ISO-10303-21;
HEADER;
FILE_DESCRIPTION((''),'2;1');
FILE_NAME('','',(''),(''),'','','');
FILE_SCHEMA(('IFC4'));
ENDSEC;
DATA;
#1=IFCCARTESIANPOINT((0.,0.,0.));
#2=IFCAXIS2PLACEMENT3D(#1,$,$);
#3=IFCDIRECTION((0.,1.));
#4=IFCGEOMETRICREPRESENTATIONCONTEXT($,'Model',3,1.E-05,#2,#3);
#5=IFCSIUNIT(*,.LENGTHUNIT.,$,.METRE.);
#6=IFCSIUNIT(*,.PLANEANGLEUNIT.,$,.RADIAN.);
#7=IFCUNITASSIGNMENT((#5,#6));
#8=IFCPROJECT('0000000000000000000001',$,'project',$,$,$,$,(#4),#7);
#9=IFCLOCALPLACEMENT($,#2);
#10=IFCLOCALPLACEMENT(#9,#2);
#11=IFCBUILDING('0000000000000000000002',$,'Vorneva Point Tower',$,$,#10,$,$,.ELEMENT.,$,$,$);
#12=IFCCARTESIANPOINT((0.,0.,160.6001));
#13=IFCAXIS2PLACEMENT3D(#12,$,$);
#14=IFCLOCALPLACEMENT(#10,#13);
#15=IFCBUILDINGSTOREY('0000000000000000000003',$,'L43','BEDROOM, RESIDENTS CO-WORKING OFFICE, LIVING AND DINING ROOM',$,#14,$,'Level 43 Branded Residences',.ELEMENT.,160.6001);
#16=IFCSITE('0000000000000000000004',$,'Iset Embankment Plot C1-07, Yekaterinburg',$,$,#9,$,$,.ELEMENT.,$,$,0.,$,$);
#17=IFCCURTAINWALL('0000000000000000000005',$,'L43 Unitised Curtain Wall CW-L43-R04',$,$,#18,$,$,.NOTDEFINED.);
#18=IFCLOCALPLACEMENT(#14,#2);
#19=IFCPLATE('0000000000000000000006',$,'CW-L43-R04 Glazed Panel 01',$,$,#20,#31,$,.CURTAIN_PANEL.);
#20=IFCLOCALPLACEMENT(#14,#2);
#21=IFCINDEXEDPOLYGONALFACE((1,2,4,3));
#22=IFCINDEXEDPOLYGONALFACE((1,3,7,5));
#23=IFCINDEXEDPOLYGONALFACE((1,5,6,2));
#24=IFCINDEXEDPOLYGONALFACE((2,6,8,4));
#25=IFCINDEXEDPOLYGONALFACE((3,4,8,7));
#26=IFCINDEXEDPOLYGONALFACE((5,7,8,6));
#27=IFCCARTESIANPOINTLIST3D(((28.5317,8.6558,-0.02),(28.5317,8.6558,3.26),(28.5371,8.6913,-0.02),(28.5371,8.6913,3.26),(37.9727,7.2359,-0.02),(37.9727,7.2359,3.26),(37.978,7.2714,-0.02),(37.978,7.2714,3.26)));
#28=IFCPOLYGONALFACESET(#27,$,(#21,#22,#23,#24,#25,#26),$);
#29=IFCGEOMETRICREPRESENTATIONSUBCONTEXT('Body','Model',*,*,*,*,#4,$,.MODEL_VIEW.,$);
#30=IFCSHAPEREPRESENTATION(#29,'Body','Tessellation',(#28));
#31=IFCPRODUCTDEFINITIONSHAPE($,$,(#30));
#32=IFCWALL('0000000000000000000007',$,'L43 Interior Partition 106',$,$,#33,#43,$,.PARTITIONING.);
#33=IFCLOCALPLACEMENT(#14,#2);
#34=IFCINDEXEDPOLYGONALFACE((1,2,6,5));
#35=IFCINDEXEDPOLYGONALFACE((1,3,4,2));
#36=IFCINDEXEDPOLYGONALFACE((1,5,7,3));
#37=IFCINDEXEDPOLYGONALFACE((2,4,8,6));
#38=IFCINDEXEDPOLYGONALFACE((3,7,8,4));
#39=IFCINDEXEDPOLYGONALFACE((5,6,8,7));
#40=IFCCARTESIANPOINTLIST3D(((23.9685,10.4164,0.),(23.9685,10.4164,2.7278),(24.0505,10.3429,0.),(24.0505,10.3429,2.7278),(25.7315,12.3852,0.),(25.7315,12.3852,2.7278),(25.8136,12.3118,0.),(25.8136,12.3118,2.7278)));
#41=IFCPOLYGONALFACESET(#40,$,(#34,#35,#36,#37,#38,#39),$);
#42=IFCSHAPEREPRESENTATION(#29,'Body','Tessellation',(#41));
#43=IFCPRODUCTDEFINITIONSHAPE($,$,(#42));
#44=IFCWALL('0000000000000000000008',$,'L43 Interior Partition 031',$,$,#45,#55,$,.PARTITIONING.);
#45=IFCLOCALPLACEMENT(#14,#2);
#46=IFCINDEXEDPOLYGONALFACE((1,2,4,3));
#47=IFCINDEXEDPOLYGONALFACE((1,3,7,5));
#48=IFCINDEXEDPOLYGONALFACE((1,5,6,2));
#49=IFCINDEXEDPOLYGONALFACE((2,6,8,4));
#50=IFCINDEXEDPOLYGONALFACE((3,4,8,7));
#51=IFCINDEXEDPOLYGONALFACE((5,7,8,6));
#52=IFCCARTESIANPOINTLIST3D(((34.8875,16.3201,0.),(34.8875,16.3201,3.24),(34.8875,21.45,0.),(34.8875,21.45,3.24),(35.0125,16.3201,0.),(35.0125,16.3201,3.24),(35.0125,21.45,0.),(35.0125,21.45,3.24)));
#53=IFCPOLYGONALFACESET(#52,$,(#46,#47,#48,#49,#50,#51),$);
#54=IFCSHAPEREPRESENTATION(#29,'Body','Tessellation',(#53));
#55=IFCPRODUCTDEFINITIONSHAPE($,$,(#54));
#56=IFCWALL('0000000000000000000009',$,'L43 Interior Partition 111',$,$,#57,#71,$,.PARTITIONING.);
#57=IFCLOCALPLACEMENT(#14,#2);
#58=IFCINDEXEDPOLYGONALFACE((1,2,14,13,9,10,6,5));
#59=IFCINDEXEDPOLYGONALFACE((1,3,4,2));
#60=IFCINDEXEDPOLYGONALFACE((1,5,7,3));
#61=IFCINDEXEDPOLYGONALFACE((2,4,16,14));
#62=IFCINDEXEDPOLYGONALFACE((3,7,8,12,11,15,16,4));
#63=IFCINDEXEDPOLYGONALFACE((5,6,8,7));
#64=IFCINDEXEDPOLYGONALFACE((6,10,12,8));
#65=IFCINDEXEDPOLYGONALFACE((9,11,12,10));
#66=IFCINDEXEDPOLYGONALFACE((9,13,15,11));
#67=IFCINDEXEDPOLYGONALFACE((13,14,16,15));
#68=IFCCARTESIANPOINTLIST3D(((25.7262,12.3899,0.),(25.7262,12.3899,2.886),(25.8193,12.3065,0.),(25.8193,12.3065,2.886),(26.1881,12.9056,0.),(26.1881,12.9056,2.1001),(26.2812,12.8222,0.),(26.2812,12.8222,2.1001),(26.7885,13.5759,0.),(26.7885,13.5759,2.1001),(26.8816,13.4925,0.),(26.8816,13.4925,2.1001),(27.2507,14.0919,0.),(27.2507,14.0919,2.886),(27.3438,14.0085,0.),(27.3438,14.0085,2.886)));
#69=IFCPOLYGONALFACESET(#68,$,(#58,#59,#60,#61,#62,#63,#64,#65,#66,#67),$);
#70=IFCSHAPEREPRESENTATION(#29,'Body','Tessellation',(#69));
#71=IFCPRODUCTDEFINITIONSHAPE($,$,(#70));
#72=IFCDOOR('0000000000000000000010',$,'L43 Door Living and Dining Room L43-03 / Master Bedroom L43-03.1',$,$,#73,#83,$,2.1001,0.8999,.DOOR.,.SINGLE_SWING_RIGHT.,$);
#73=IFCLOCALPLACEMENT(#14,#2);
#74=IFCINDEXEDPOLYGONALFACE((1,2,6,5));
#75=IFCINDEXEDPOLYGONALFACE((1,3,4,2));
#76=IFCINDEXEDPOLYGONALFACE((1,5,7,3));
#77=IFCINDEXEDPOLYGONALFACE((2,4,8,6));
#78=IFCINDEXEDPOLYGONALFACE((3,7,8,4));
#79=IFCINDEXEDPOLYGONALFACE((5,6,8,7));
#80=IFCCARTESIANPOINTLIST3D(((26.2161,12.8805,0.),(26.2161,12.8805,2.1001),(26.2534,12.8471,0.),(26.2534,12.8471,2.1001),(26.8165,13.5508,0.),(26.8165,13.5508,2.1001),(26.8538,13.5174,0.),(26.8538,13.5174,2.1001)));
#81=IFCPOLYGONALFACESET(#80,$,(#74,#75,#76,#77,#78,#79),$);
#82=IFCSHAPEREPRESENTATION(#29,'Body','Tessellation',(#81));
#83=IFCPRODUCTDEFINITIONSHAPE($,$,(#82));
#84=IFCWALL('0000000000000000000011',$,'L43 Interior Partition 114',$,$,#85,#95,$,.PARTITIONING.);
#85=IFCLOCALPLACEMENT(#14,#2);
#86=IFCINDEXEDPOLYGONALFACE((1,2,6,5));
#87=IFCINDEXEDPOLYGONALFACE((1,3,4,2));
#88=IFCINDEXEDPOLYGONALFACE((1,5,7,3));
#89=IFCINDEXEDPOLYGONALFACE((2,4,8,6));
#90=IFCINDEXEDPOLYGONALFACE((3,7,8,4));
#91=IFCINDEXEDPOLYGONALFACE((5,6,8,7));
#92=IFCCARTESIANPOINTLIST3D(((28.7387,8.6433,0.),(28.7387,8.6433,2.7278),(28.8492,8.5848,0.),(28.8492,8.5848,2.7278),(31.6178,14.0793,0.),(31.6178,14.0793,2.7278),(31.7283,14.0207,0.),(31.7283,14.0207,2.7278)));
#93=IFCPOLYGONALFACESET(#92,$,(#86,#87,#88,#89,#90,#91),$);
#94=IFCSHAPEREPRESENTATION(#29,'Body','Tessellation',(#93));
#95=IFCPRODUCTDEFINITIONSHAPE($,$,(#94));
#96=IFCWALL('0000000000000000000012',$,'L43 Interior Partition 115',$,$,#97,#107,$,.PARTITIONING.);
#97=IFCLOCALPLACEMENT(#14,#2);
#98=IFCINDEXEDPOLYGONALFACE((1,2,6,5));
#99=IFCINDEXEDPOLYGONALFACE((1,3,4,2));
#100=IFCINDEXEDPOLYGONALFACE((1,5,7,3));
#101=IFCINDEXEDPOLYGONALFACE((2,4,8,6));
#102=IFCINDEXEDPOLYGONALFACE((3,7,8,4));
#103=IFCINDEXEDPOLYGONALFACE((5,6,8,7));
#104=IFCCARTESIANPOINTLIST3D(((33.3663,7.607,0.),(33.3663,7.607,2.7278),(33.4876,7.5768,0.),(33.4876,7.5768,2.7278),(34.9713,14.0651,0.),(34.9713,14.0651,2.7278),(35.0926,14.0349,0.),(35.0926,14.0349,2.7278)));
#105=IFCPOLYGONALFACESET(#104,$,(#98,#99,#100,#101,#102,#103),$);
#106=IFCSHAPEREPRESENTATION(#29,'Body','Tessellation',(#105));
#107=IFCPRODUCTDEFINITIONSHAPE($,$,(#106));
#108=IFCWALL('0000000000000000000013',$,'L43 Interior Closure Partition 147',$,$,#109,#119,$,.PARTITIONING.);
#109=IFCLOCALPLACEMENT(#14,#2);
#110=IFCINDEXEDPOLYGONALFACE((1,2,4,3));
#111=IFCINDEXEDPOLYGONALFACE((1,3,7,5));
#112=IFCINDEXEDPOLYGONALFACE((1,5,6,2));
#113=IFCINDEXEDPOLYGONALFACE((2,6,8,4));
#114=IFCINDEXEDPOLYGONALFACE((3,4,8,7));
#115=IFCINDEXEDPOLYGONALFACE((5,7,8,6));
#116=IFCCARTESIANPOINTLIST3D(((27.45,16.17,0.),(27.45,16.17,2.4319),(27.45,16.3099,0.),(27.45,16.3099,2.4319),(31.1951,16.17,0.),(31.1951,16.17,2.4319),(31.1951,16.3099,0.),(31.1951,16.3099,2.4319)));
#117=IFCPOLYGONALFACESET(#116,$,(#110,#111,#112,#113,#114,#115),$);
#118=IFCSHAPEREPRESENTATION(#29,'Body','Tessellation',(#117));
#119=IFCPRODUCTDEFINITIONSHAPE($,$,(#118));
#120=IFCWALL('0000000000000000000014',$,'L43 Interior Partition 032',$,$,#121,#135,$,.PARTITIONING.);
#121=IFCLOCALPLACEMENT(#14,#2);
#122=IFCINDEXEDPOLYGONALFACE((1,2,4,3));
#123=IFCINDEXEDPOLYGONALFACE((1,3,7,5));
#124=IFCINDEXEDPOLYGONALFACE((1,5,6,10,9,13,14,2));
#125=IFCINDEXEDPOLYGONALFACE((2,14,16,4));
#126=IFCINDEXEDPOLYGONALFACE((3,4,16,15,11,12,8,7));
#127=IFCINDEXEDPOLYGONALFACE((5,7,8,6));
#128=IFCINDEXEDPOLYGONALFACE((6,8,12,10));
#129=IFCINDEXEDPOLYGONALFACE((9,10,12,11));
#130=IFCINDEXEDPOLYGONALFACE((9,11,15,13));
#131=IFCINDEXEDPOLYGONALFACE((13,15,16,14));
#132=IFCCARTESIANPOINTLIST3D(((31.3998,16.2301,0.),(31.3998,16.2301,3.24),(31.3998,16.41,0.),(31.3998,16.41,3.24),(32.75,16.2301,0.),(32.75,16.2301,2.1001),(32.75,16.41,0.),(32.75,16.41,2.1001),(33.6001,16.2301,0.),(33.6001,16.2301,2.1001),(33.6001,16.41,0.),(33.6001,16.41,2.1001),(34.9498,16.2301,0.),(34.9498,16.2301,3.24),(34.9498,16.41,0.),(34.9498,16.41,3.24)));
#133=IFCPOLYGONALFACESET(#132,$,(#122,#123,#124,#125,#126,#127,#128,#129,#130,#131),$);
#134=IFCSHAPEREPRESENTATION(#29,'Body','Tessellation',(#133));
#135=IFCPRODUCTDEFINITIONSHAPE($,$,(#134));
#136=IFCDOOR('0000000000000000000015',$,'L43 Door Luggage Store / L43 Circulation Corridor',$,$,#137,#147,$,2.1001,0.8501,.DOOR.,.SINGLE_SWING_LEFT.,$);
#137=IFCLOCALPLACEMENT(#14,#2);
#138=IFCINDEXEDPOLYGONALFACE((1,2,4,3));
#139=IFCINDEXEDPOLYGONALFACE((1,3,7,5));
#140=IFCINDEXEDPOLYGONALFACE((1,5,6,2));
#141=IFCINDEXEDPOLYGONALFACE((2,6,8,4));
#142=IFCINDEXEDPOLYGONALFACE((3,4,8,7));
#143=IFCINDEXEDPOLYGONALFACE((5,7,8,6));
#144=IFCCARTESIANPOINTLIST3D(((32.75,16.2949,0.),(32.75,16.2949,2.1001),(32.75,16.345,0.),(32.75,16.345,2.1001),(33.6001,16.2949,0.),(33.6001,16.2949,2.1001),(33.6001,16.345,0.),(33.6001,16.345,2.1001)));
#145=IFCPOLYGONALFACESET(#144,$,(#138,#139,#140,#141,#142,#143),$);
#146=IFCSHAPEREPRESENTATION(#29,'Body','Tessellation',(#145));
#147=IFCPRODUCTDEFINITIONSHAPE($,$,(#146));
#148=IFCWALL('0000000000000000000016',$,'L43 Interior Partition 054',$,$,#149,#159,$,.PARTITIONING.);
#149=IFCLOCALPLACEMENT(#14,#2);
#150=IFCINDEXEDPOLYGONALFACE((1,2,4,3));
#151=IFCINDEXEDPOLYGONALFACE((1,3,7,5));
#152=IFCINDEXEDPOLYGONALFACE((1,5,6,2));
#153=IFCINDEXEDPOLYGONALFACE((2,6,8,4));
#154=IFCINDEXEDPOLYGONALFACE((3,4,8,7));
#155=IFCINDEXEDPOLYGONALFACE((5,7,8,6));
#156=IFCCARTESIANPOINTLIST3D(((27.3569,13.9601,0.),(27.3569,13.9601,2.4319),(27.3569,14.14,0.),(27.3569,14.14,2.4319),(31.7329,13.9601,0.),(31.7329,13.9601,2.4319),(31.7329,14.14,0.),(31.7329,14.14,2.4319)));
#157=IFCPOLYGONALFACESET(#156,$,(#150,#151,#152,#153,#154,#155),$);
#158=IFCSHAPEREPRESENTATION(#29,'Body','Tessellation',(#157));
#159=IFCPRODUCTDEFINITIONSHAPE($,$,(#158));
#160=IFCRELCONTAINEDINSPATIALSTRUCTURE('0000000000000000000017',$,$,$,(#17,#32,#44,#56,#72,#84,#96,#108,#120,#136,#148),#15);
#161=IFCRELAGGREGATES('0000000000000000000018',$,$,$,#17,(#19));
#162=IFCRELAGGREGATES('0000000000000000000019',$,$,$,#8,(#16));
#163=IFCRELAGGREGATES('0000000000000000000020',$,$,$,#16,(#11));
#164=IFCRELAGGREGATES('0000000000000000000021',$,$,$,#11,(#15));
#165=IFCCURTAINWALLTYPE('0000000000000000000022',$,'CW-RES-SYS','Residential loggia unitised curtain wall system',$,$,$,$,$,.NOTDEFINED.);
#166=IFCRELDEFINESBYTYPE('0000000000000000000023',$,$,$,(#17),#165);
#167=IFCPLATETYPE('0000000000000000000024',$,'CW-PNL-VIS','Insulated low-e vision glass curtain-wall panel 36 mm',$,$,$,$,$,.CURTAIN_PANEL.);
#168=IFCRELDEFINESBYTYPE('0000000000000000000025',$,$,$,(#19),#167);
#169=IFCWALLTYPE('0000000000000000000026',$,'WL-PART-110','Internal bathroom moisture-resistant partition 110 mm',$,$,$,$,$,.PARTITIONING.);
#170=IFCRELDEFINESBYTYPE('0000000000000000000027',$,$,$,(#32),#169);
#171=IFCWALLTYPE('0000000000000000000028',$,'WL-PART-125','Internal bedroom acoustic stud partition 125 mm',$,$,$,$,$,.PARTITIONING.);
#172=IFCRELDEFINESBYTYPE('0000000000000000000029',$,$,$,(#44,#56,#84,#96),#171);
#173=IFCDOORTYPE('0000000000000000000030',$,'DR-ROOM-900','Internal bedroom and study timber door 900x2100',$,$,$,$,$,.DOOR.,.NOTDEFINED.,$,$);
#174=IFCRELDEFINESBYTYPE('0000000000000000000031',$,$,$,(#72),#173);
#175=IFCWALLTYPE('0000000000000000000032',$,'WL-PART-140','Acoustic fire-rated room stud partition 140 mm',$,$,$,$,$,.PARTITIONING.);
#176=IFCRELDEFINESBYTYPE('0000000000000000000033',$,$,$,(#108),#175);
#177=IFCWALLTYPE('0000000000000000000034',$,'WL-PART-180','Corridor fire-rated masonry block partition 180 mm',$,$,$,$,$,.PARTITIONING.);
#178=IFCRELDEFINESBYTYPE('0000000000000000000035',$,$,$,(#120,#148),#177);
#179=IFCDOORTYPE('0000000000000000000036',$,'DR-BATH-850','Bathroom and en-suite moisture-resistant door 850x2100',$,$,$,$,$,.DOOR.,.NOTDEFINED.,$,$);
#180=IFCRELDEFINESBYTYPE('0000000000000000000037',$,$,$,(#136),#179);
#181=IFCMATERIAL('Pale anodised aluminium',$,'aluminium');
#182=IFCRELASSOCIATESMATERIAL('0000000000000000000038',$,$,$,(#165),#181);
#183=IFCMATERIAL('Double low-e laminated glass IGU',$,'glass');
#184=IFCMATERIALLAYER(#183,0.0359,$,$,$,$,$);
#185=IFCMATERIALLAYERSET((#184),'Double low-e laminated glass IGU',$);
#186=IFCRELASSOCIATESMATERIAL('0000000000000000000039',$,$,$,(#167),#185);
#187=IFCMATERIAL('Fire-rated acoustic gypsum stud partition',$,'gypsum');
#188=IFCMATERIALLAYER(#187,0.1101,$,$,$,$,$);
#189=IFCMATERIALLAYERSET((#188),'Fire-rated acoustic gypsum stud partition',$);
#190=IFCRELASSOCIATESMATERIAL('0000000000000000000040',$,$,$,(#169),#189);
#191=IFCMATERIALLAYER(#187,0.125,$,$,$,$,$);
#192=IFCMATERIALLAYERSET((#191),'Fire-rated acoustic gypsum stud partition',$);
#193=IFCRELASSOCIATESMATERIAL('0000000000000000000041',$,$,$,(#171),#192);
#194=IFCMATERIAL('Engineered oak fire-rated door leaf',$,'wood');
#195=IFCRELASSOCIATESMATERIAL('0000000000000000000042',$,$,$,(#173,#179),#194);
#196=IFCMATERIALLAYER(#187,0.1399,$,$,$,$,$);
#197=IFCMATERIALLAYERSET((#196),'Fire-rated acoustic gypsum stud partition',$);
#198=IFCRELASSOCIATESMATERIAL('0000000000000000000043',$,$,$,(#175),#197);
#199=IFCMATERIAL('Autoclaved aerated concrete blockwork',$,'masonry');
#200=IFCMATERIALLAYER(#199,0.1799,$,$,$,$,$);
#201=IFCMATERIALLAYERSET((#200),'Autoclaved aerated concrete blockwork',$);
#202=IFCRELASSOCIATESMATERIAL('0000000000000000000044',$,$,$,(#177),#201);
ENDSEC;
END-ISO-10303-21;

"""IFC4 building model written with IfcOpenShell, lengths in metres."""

from ifc_helpers import new_model, si_unit, direction, frame, frame_2d, origin, origin_2d, place, context, subcontext, project, spatial, rectangle, extrude, material, layer, layer_set, type_object, element, fill, aggregate, save


model = new_model("IFC4")

# Units and contexts
model_context = context("Model", 3, precision=1e-05, world=origin(), true_north=direction((0.0, 1.0)))
body_context = subcontext(model_context, "Body", "Model", "MODEL_VIEW")
ifc_project = project(units=[si_unit("LENGTHUNIT", "METRE"), si_unit("PLANEANGLEUNIT", "RADIAN")], contexts=[model_context])

# Site, building, storey
site_placement = place(None, origin())
site = spatial("IfcSite", under=ifc_project, at=site_placement, Name="Iset Embankment Plot C1-07, Yekaterinburg", CompositionType="ELEMENT", RefElevation=0.0)
building_placement = place(site_placement, origin())
building = spatial("IfcBuilding", under=site, at=building_placement, Name="Vorneva Point Tower", CompositionType="ELEMENT")
storey_placement = place(building_placement, frame((0.0, 0.0, 160.6001)))
storey = spatial("IfcBuildingStorey", under=building, at=storey_placement, Name="L43", Description="BEDROOM, RESIDENTS CO-WORKING OFFICE, LIVING AND DINING ROOM", LongName="Level 43 Branded Residences", CompositionType="ELEMENT", Elevation=160.6001)

# Curtain wall, plate
ifc_material_1 = material(Name="Pale anodised aluminium", Category="aluminium")
curtain_wall_type = type_object("IfcCurtainWallType", Name="CW-RES-SYS", Description="Residential loggia unitised curtain wall system", PredefinedType="NOTDEFINED", material=ifc_material_1)
curtain_wall_placement = place(storey_placement, origin())
curtain_wall = element("IfcCurtainWall", 1, at=curtain_wall_placement, inside=storey, type_object=curtain_wall_type, Name="L43 Unitised Curtain Wall CW-L43-R04", PredefinedType="NOTDEFINED")
ifc_material_2 = material(Name="Double low-e laminated glass IGU", Category="glass")
ifc_layer_1 = layer(ifc_material_2, 0.0359)
ifc_layer_set_1 = layer_set([ifc_layer_1], Name="Double low-e laminated glass IGU")
plate_type = type_object("IfcPlateType", Name="CW-PNL-VIS", Description="Insulated low-e vision glass curtain-wall panel 36 mm", PredefinedType="CURTAIN_PANEL", material=ifc_layer_set_1)
plate_placement = place(storey_placement, frame((33.2549, 7.9636, -0.02), z_axis=(0.0, 0.0, 1.0), x_axis=(0.988879, -0.148724, 0.0)))
plate = element("IfcPlate", 2, at=plate_placement, type_object=plate_type, Name="CW-L43-R04 Glazed Panel 01", PredefinedType="CURTAIN_PANEL", context=body_context, shape_type="SweptSolid", body=[
    extrude(rectangle(XDim=9.5471, YDim=0.0359, at=origin_2d()), origin(), (0.0, 0.0, 1.0), 3.28),
])
aggregate(curtain_wall, [plate])

# Walls
ifc_material_3 = material(Name="Fire-rated acoustic gypsum stud partition", Category="gypsum")
ifc_layer_2 = layer(ifc_material_3, 0.1101)
ifc_layer_set_2 = layer_set([ifc_layer_2], Name="Fire-rated acoustic gypsum stud partition")
wall_type_1 = type_object("IfcWallType", Name="WL-PART-110", Description="Internal bathroom moisture-resistant partition 110 mm", PredefinedType="PARTITIONING", material=ifc_layer_set_2)
wall_1_placement = place(storey_placement, frame((25.7725, 12.3484, 0.0), z_axis=(0.0, 0.0, 1.0), x_axis=(-0.667095, -0.744973, 0.0)))
element("IfcWall", 3, at=wall_1_placement, inside=storey, type_object=wall_type_1, Name="L43 Interior Partition 106", PredefinedType="PARTITIONING", context=body_context, shape_type="SweptSolid", body=[
    extrude(rectangle(XDim=2.6428, YDim=0.1101, at=frame_2d((1.3213, 0.0))), origin(), (0.0, 0.0, 1.0), 2.7278),
])
ifc_layer_3 = layer(ifc_material_3, 0.125)
ifc_layer_set_3 = layer_set([ifc_layer_3], Name="Fire-rated acoustic gypsum stud partition")
wall_type_2 = type_object("IfcWallType", Name="WL-PART-125", Description="Internal bedroom acoustic stud partition 125 mm", PredefinedType="PARTITIONING", material=ifc_layer_set_3)
wall_2_placement = place(storey_placement, frame((34.95, 16.3201, 0.0), z_axis=(0.0, 0.0, 1.0), x_axis=(0.0, 1.0, 0.0)))
element("IfcWall", 4, at=wall_2_placement, inside=storey, type_object=wall_type_2, Name="L43 Interior Partition 031", PredefinedType="PARTITIONING", context=body_context, shape_type="SweptSolid", body=[
    extrude(rectangle(XDim=5.1299, YDim=0.125, at=frame_2d((2.5649, 0.0))), origin(), (0.0, 0.0, 1.0), 3.24),
])

# Wall, opening, door
wall_3_placement = place(storey_placement, frame((25.7727, 12.3481, 0.0), z_axis=(0.0, 0.0, 1.0), x_axis=(0.667198, 0.744881, 0.0)))
wall_3 = element("IfcWall", 5, at=wall_3_placement, inside=storey, type_object=wall_type_2, Name="L43 Interior Partition 111", PredefinedType="PARTITIONING", context=body_context, shape_type="SweptSolid", body=[
    extrude(rectangle(XDim=2.2849, YDim=0.125, at=frame_2d((1.1426, 0.0))), origin(), (0.0, 0.0, 1.0), 2.886),
])
opening_1_placement = place(wall_3_placement, frame((0.6924, 0.0, 0.0)))
opening_1 = element("IfcOpeningElement", 6, at=opening_1_placement, cuts=wall_3, PredefinedType="OPENING", context=body_context, shape_type="SweptSolid", body=[
    extrude(rectangle(XDim=0.8999, YDim=2.1001, at=frame_2d((0.45, 1.05))), frame((0.0, 0.0774, 0.0), z_axis=(0.0, -1.0, 0.0), x_axis=(1.0, 0.0, 0.0)), (0.0, 0.0, 1.0), 0.1548),
])
ifc_material_4 = material(Name="Engineered oak fire-rated door leaf", Category="wood")
door_type_1 = type_object("IfcDoorType", Name="DR-ROOM-900", Description="Internal bedroom and study timber door 900x2100", OperationType="NOTDEFINED", PredefinedType="DOOR", material=ifc_material_4)
door_1_placement = place(opening_1_placement, origin())
door_1 = element("IfcDoor", 7, at=door_1_placement, inside=storey, type_object=door_type_1, Name="L43 Door Living and Dining Room L43-03 / Master Bedroom L43-03.1", OperationType="SINGLE_SWING_RIGHT", OverallHeight=2.1001, OverallWidth=0.8999, PredefinedType="DOOR", context=body_context, shape_type="SweptSolid", body=[
    extrude(rectangle(XDim=0.8999, YDim=2.1001, at=frame_2d((0.45, 1.05))), frame((0.0, 0.0249, 0.0), z_axis=(0.0, -1.0, 0.0), x_axis=(1.0, 0.0, 0.0)), (0.0, 0.0, 1.0), 0.05),
])
fill(opening_1, door_1)

# Walls
wall_4_placement = place(storey_placement, frame((28.7939, 8.614, 0.0), z_axis=(0.0, 0.0, 1.0), x_axis=(0.468046, 0.883704, 0.0)))
element("IfcWall", 8, at=wall_4_placement, inside=storey, type_object=wall_type_2, Name="L43 Interior Partition 114", PredefinedType="PARTITIONING", context=body_context, shape_type="SweptSolid", body=[
    extrude(rectangle(XDim=6.1514, YDim=0.125, at=frame_2d((3.0757, 0.0))), origin(), (0.0, 0.0, 1.0), 2.7278),
])
wall_5_placement = place(storey_placement, frame((33.427, 7.592, 0.0), z_axis=(0.0, 0.0, 1.0), x_axis=(0.241189, 0.970478, 0.0)))
element("IfcWall", 9, at=wall_5_placement, inside=storey, type_object=wall_type_2, Name="L43 Interior Partition 115", PredefinedType="PARTITIONING", context=body_context, shape_type="SweptSolid", body=[
    extrude(rectangle(XDim=6.6545, YDim=0.125, at=frame_2d((3.3271, 0.0))), origin(), (0.0, 0.0, 1.0), 2.7278),
])
ifc_layer_4 = layer(ifc_material_3, 0.1399)
ifc_layer_set_4 = layer_set([ifc_layer_4], Name="Fire-rated acoustic gypsum stud partition")
wall_type_3 = type_object("IfcWallType", Name="WL-PART-140", Description="Acoustic fire-rated room stud partition 140 mm", PredefinedType="PARTITIONING", material=ifc_layer_set_4)
wall_6_placement = place(storey_placement, frame((27.45, 16.24, 0.0), z_axis=(0.0, 0.0, 1.0), x_axis=(1.0, 0.0, 0.0)))
element("IfcWall", 10, at=wall_6_placement, inside=storey, type_object=wall_type_3, Name="L43 Interior Closure Partition 147", PredefinedType="PARTITIONING", context=body_context, shape_type="SweptSolid", body=[
    extrude(rectangle(XDim=3.7451, YDim=0.1399, at=frame_2d((1.8726, 0.0))), origin(), (0.0, 0.0, 1.0), 2.4319),
])

# Wall, opening, door
ifc_material_5 = material(Name="Autoclaved aerated concrete blockwork", Category="masonry")
ifc_layer_5 = layer(ifc_material_5, 0.1799)
ifc_layer_set_5 = layer_set([ifc_layer_5], Name="Autoclaved aerated concrete blockwork")
wall_type_4 = type_object("IfcWallType", Name="WL-PART-180", Description="Corridor fire-rated masonry block partition 180 mm", PredefinedType="PARTITIONING", material=ifc_layer_set_5)
wall_7_placement = place(storey_placement, frame((31.3999, 16.3201, 0.0), z_axis=(0.0, 0.0, 1.0), x_axis=(1.0, 0.0, 0.0)))
wall_7 = element("IfcWall", 11, at=wall_7_placement, inside=storey, type_object=wall_type_4, Name="L43 Interior Partition 032", PredefinedType="PARTITIONING", context=body_context, shape_type="SweptSolid", body=[
    extrude(rectangle(XDim=3.55, YDim=0.1799, at=frame_2d((1.7749, 0.0))), origin(), (0.0, 0.0, 1.0), 3.24),
])
opening_2_placement = place(wall_7_placement, frame((1.3501, 0.0, 0.0)))
opening_2 = element("IfcOpeningElement", 12, at=opening_2_placement, cuts=wall_7, PredefinedType="OPENING", context=body_context, shape_type="SweptSolid", body=[
    extrude(rectangle(XDim=0.8501, YDim=2.1001, at=frame_2d((0.425, 1.05))), frame((0.0, 0.105, 0.0), z_axis=(0.0, -1.0, 0.0), x_axis=(1.0, 0.0, 0.0)), (0.0, 0.0, 1.0), 0.2097),
])
door_type_2 = type_object("IfcDoorType", Name="DR-BATH-850", Description="Bathroom and en-suite moisture-resistant door 850x2100", OperationType="NOTDEFINED", PredefinedType="DOOR", material=ifc_material_4)
door_2_placement = place(opening_2_placement, origin())
door_2 = element("IfcDoor", 13, at=door_2_placement, inside=storey, type_object=door_type_2, Name="L43 Door Luggage Store / L43 Circulation Corridor", OperationType="SINGLE_SWING_LEFT", OverallHeight=2.1001, OverallWidth=0.8501, PredefinedType="DOOR", context=body_context, shape_type="SweptSolid", body=[
    extrude(rectangle(XDim=0.8501, YDim=2.1001, at=frame_2d((0.425, 1.05))), frame((0.0, 0.0249, 0.0), z_axis=(0.0, -1.0, 0.0), x_axis=(1.0, 0.0, 0.0)), (0.0, 0.0, 1.0), 0.05),
])
fill(opening_2, door_2)

# Wall
wall_8_placement = place(storey_placement, frame((27.3569, 14.05, 0.0), z_axis=(0.0, 0.0, 1.0), x_axis=(1.0, 0.0, 0.0)))
element("IfcWall", 14, at=wall_8_placement, inside=storey, type_object=wall_type_4, Name="L43 Interior Partition 054", PredefinedType="PARTITIONING", context=body_context, shape_type="SweptSolid", body=[
    extrude(rectangle(XDim=4.376, YDim=0.1799, at=frame_2d((2.188, 0.0))), origin(), (0.0, 0.0, 1.0), 2.4319),
])

save(model, "model.ifc")
